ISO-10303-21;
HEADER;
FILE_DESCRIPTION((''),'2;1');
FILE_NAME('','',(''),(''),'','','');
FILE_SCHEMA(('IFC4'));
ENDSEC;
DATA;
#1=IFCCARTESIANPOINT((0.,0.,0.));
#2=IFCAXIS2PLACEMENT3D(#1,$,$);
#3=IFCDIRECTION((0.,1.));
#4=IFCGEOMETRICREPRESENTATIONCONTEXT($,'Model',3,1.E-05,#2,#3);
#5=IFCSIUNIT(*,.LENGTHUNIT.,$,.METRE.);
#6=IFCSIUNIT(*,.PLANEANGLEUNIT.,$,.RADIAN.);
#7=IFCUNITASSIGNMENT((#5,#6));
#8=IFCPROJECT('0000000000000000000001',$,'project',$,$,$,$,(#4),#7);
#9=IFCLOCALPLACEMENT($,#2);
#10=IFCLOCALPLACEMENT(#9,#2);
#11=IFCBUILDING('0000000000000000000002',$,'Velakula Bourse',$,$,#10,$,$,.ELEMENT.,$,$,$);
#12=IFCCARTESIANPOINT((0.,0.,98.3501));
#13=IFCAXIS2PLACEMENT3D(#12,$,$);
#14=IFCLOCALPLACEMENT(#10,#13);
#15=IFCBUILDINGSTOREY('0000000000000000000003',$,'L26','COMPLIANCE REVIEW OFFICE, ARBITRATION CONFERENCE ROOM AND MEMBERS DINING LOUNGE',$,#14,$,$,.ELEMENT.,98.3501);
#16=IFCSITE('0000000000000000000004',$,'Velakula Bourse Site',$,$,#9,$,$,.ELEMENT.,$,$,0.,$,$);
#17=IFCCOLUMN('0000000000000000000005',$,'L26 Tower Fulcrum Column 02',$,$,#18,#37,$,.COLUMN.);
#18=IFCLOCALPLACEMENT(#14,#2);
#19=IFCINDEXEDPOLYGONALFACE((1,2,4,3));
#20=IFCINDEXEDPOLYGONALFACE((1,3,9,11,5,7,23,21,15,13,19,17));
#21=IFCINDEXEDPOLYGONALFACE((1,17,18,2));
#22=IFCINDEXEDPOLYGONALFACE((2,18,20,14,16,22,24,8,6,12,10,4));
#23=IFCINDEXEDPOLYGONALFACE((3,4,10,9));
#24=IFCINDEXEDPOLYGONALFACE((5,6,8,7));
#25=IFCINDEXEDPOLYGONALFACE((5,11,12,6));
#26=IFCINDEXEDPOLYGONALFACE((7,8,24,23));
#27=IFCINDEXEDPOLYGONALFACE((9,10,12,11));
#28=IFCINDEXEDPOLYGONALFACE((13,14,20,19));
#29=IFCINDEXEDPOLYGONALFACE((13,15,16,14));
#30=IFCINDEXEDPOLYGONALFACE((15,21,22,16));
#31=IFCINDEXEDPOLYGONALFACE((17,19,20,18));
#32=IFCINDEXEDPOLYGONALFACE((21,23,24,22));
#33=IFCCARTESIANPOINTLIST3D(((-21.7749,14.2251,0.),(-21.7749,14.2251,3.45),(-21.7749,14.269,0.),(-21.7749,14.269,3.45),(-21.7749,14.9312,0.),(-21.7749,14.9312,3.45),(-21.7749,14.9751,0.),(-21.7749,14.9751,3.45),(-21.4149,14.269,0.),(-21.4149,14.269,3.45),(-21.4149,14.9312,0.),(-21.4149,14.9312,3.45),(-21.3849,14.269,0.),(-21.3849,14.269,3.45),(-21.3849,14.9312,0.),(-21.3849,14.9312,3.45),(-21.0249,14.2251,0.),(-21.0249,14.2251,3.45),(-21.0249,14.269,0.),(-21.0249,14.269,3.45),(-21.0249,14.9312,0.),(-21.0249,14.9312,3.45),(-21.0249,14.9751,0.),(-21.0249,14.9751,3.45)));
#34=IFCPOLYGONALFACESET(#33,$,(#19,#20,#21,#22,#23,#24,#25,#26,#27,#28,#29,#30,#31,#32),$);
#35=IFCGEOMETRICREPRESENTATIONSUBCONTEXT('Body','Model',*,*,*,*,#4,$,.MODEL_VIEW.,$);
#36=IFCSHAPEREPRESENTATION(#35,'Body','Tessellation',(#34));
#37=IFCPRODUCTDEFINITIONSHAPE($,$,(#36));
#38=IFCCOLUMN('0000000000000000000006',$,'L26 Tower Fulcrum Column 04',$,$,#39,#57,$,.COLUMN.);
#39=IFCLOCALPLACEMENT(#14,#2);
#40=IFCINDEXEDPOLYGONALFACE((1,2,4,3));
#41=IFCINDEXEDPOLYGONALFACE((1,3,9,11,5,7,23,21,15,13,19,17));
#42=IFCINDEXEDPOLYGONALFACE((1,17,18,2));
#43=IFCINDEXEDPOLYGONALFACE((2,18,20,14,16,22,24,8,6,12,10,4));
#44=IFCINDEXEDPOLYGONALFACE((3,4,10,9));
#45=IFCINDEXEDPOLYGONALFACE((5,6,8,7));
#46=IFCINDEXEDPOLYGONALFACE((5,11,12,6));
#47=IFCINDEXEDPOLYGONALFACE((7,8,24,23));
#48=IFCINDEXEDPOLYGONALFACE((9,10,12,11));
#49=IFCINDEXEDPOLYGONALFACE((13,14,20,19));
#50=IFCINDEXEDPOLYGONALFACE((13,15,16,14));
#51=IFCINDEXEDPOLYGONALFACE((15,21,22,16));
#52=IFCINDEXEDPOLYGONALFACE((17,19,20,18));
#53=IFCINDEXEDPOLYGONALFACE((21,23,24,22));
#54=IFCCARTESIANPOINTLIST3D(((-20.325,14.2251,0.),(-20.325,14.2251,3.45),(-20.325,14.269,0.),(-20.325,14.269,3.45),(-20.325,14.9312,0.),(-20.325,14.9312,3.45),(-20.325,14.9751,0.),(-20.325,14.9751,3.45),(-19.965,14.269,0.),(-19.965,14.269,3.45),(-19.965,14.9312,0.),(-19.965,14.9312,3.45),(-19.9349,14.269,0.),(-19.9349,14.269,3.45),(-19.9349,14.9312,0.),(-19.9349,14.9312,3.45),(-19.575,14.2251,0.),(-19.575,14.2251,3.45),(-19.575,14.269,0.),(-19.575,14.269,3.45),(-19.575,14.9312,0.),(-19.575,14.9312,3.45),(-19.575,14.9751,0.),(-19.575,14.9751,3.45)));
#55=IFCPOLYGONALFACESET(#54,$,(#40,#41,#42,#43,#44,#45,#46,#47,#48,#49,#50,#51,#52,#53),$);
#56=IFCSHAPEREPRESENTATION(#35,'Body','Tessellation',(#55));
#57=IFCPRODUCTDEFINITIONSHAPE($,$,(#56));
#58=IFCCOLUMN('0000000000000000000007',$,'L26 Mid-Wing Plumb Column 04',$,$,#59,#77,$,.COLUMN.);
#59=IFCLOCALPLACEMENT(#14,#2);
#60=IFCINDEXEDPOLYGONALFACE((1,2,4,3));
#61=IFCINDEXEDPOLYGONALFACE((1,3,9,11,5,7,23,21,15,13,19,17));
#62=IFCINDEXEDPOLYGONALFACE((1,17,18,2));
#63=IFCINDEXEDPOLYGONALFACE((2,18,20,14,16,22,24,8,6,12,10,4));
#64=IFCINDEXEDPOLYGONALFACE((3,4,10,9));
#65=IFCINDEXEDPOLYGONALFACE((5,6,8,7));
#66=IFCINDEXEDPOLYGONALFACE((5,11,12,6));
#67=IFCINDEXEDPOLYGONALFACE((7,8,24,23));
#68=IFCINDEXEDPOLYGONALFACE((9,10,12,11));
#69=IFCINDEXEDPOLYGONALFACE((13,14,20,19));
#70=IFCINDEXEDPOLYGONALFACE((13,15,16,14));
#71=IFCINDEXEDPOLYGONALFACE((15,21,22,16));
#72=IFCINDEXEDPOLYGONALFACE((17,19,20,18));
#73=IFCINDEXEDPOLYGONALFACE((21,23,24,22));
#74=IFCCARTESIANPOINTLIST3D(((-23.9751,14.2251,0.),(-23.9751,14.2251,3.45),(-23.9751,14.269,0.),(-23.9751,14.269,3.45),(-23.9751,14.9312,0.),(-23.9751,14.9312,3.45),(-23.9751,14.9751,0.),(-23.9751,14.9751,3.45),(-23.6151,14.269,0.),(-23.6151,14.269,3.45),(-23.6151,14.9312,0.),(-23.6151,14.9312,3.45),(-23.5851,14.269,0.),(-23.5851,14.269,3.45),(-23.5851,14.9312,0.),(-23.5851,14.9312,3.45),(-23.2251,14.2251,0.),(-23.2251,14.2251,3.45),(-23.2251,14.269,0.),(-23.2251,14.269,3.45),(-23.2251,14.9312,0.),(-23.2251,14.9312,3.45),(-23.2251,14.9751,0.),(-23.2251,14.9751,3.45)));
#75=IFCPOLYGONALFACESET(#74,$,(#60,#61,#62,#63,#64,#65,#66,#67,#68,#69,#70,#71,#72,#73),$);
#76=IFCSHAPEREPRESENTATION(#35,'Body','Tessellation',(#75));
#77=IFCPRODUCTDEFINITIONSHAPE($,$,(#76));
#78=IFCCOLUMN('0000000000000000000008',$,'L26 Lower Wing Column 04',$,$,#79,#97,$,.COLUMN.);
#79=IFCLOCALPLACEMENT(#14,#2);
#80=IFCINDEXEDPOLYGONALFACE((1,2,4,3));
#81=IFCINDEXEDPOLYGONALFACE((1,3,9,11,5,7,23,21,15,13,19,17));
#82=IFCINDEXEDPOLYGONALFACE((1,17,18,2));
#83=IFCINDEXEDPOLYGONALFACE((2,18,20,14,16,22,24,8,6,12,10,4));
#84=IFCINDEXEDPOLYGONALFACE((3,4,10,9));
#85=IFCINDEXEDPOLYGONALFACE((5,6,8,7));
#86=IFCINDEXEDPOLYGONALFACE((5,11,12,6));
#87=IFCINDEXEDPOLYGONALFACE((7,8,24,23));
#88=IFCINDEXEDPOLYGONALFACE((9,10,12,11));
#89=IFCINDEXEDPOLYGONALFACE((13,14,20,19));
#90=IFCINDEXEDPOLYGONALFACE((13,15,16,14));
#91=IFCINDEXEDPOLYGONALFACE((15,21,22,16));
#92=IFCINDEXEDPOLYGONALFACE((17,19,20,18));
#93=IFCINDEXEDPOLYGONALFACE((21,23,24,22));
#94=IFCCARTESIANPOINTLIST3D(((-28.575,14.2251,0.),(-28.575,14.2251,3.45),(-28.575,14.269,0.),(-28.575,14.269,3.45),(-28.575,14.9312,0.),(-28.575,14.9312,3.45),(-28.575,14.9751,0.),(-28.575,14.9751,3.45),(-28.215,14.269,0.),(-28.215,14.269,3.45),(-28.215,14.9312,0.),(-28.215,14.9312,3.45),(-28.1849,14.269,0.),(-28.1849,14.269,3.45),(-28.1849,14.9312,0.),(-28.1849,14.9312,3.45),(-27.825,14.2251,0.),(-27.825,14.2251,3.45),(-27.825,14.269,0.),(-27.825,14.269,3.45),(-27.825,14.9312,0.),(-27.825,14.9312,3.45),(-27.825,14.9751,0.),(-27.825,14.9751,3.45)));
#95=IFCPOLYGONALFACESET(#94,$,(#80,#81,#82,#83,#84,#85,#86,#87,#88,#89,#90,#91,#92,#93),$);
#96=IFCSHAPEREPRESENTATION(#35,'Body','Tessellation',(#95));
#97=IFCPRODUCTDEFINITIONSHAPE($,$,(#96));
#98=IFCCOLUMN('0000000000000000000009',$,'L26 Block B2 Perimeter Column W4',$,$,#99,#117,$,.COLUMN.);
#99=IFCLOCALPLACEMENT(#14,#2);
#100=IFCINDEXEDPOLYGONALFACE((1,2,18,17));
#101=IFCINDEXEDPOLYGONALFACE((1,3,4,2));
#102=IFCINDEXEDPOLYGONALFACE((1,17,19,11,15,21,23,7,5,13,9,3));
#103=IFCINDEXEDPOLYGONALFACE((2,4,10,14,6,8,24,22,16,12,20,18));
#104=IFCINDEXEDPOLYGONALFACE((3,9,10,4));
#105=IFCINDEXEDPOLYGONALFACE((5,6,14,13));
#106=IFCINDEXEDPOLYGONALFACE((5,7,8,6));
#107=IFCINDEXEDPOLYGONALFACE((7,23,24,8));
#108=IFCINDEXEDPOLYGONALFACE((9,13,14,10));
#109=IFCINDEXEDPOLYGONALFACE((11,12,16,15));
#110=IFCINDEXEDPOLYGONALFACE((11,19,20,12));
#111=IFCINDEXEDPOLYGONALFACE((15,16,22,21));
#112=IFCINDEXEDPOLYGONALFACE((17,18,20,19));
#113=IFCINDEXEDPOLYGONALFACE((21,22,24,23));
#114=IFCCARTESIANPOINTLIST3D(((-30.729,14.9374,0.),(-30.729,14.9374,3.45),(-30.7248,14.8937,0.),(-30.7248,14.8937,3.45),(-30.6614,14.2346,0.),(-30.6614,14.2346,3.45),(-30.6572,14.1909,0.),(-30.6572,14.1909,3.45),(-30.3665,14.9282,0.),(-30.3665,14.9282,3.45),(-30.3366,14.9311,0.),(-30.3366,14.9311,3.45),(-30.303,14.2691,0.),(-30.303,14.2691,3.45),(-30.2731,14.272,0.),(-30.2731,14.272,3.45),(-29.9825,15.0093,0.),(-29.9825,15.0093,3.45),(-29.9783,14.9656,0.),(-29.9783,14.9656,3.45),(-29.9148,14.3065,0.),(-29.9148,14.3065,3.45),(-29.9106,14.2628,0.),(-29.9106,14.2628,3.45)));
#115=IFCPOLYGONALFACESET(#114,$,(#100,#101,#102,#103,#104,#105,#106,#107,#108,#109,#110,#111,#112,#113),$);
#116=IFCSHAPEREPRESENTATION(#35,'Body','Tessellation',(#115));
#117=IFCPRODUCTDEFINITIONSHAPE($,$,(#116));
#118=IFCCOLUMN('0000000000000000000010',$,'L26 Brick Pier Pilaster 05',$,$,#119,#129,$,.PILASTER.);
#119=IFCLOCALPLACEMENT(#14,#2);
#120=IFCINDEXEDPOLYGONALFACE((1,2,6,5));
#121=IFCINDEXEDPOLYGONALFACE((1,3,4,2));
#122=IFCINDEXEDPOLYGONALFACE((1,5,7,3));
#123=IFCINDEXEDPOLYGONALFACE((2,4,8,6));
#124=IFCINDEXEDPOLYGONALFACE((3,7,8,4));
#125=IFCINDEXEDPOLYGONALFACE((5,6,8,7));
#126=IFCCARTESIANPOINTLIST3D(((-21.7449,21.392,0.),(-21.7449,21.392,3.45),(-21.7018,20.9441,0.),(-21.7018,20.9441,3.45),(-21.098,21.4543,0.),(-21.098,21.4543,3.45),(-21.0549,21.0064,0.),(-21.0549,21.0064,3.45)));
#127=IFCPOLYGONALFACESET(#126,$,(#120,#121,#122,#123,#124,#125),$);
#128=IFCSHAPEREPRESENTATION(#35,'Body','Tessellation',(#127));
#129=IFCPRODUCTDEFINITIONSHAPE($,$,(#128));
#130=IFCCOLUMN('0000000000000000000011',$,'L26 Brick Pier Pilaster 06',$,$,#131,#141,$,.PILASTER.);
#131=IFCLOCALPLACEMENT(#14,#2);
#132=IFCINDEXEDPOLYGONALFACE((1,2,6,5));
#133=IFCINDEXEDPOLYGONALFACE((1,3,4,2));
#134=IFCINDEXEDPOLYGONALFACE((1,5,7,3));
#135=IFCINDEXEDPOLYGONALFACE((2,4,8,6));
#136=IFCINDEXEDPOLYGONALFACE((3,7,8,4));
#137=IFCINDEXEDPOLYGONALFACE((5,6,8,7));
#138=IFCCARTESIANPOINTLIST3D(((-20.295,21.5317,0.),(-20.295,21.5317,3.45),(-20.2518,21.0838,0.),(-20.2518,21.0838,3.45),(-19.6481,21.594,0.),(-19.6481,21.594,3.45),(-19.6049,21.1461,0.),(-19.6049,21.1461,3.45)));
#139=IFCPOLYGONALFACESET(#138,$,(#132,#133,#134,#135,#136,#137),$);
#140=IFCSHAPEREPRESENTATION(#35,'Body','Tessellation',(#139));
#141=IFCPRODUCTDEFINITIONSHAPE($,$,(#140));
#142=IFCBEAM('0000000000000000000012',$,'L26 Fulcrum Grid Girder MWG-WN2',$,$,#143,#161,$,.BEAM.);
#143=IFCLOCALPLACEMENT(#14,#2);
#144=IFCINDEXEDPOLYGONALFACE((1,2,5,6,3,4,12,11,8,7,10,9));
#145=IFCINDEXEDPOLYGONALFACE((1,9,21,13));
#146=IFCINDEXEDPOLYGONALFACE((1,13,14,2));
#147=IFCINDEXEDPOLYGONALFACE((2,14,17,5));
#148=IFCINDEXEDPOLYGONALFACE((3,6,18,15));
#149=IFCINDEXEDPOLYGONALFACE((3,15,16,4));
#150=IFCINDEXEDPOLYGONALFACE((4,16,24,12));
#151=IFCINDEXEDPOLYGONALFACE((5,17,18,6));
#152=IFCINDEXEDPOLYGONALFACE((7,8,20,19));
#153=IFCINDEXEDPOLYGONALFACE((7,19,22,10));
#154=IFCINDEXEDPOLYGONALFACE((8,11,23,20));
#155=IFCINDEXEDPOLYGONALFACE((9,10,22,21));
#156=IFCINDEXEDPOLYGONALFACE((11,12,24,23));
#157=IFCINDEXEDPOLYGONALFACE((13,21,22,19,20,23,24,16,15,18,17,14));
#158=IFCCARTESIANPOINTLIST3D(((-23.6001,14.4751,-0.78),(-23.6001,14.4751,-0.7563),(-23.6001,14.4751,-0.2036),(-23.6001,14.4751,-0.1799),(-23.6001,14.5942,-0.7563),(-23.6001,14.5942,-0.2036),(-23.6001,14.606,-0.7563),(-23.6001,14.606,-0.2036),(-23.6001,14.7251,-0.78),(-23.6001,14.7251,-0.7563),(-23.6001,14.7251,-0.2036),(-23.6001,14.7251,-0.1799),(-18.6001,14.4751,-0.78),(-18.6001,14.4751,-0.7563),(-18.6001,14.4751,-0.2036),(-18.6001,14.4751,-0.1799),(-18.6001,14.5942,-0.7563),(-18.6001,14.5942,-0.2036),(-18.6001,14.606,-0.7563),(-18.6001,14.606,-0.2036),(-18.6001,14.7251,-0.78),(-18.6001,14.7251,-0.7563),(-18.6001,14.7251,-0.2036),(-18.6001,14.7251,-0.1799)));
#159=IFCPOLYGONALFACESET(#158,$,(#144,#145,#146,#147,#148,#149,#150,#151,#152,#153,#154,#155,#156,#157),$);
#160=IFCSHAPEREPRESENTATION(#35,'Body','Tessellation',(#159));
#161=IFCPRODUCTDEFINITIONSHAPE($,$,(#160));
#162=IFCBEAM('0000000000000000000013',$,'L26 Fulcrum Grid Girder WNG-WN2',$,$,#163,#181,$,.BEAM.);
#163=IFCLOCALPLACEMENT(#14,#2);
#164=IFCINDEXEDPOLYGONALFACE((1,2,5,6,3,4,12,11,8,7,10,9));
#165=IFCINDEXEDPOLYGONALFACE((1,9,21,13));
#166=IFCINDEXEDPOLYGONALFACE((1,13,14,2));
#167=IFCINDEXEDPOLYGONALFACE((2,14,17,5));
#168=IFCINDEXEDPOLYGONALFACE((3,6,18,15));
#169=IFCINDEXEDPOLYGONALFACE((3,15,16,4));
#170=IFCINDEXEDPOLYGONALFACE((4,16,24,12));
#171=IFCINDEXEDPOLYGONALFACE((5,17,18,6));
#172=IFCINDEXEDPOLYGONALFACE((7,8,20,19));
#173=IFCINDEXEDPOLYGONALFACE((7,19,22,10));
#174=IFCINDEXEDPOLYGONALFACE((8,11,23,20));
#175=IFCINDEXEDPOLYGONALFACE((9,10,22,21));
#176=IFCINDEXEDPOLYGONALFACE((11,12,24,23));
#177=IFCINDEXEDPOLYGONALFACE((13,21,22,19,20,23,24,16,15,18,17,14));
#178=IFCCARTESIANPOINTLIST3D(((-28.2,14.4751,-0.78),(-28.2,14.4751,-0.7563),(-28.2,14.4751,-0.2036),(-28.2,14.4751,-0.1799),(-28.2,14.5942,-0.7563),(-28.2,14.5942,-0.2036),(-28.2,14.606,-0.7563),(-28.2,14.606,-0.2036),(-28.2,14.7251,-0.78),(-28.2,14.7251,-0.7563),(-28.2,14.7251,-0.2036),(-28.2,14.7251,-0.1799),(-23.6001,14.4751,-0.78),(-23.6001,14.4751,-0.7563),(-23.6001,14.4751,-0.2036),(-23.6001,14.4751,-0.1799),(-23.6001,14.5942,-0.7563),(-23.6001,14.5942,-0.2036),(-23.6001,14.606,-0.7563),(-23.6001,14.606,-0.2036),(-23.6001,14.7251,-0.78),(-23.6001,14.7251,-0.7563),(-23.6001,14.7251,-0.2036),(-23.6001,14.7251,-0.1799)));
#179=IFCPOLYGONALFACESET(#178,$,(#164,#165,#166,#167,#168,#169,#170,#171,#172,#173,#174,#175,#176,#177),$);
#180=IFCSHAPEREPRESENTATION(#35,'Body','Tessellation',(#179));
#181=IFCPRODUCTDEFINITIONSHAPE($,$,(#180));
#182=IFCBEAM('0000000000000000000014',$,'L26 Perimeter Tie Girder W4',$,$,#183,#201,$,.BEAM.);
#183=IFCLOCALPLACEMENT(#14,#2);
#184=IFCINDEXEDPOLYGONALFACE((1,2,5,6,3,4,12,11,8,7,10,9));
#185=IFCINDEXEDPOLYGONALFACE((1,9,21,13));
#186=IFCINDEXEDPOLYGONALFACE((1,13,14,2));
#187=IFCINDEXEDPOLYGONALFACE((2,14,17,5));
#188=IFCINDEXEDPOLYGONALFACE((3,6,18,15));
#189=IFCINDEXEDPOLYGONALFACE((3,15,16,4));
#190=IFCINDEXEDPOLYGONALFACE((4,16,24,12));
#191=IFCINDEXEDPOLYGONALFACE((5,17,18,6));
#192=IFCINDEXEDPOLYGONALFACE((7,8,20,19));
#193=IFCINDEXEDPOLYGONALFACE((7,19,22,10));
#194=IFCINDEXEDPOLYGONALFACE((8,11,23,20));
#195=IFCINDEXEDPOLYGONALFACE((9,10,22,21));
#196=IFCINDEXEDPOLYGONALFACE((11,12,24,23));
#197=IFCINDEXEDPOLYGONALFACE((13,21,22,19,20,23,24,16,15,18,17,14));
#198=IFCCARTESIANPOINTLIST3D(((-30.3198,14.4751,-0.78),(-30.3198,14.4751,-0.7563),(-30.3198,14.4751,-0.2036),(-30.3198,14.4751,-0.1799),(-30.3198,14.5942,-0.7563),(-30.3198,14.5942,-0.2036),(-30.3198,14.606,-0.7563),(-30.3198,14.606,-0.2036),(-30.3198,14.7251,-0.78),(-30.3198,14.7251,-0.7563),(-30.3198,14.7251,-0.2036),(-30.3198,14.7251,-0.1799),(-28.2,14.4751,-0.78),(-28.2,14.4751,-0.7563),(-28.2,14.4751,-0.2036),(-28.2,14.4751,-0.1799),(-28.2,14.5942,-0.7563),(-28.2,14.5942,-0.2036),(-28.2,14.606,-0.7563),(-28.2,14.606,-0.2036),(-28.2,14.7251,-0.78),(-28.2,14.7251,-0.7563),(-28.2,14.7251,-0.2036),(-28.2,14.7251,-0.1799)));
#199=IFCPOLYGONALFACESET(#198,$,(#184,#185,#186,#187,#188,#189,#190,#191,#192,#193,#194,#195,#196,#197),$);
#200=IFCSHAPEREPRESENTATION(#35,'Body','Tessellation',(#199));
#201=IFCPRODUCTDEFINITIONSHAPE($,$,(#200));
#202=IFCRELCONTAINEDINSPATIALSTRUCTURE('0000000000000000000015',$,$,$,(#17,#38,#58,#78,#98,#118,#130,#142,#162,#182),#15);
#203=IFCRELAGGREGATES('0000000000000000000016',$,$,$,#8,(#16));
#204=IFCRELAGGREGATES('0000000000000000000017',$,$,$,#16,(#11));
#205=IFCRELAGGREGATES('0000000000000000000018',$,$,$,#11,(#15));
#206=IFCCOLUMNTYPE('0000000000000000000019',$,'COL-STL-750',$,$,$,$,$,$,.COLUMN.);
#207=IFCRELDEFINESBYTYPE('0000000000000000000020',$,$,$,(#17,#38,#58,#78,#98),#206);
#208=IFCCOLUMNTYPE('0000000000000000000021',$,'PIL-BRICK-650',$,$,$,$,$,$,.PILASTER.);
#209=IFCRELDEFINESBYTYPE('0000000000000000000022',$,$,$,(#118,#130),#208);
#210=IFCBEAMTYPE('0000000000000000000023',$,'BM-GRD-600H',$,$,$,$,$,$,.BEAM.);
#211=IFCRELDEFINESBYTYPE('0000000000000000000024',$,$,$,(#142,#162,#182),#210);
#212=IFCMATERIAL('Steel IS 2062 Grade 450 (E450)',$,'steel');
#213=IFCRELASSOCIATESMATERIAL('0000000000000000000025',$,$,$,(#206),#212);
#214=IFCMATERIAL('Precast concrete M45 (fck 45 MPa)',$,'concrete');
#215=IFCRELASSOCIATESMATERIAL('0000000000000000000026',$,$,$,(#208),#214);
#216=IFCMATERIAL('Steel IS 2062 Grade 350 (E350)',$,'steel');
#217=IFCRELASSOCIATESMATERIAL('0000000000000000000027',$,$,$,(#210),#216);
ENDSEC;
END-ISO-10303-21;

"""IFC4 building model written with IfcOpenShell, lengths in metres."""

from ifc_helpers import new_model, si_unit, direction, frame, origin, origin_2d, place, context, subcontext, project, spatial, rectangle, i_section, extrude, material, material_profile, profile_set, type_object, element, save


model = new_model("IFC4")

# Units and contexts
model_context = context("Model", 3, precision=1e-05, world=origin(), true_north=direction((0.0, 1.0)))
body_context = subcontext(model_context, "Body", "Model", "MODEL_VIEW")
ifc_project = project(units=[si_unit("LENGTHUNIT", "METRE"), si_unit("PLANEANGLEUNIT", "RADIAN")], contexts=[model_context])

# Site, building, storey
site_placement = place(None, origin())
site = spatial("IfcSite", under=ifc_project, at=site_placement, Name="Velakula Bourse Site", CompositionType="ELEMENT", RefElevation=0.0)
building_placement = place(site_placement, origin())
building = spatial("IfcBuilding", under=site, at=building_placement, Name="Velakula Bourse", CompositionType="ELEMENT")
storey_placement = place(building_placement, frame((0.0, 0.0, 98.3501)))
storey = spatial("IfcBuildingStorey", under=building, at=storey_placement, Name="L26", Description="COMPLIANCE REVIEW OFFICE, ARBITRATION CONFERENCE ROOM AND MEMBERS DINING LOUNGE", CompositionType="ELEMENT", Elevation=98.3501)

# Columns
ifc_material_1 = material(Name="Steel IS 2062 Grade 450 (E450)", Category="steel")
ifc_material_profile_1 = material_profile(ifc_material_1, i_section(OverallWidth=0.75, OverallDepth=0.75, WebThickness=0.03, FlangeThickness=0.0439, at=origin_2d()), Name="Steel IS 2062 Grade 450 (E450)")
ifc_profile_set_1 = profile_set([ifc_material_profile_1], Name="Steel IS 2062 Grade 450 (E450)")
column_type_1 = type_object("IfcColumnType", Name="COL-STL-750", PredefinedType="COLUMN", material=ifc_profile_set_1)
for number, where, z_axis, x_axis, name in (
    (1, (-21.3999, 14.6001, 0.0), (0.0, 0.0, 1.0), (1.0, 0.0, 0.0), "L26 Tower Fulcrum Column 02"),
    (2, (-19.95, 14.6001, 0.0), (0.0, 0.0, 1.0), (1.0, 0.0, 0.0), "L26 Tower Fulcrum Column 04"),
    (3, (-23.6001, 14.6001, 0.0), (0.0, 0.0, 1.0), (1.0, 0.0, 0.0), "L26 Mid-Wing Plumb Column 04"),
    (4, (-28.2, 14.6001, 0.0), (0.0, 0.0, 1.0), (1.0, 0.0, 0.0), "L26 Lower Wing Column 04"),
    (5, (-30.3198, 14.6001, 0.0), (0.0, 0.0, 1.0), (0.995396, 0.095846, 0.0), "L26 Block B2 Perimeter Column W4"),
):
    element("IfcColumn", number, at=place(storey_placement, frame(where, z_axis=z_axis, x_axis=x_axis)), inside=storey, type_object=column_type_1, Name=name, PredefinedType="COLUMN", context=body_context, shape_type="SweptSolid", body=[
        extrude(i_section(OverallWidth=0.75, OverallDepth=0.75, WebThickness=0.03, FlangeThickness=0.0439, at=origin_2d()), origin(), (0.0, 0.0, 1.0), 3.45),
    ])
ifc_material_2 = material(Name="Precast concrete M45 (fck 45 MPa)", Category="concrete")
ifc_material_profile_2 = material_profile(ifc_material_2, rectangle(XDim=0.6499, YDim=0.45, at=origin_2d()), Name="Precast concrete M45 (fck 45 MPa)")
ifc_profile_set_2 = profile_set([ifc_material_profile_2], Name="Precast concrete M45 (fck 45 MPa)")
column_type_2 = type_object("IfcColumnType", Name="PIL-BRICK-650", PredefinedType="PILASTER", material=ifc_profile_set_2)
for number, where, z_axis, x_axis, name in (
    (6, (-21.3999, 21.1992, 0.0), (0.0, 0.0, 1.0), (0.995396, 0.095846, 0.0), "L26 Brick Pier Pilaster 05"),
    (7, (-19.95, 21.3389, 0.0), (0.0, 0.0, 1.0), (0.995396, 0.095846, 0.0), "L26 Brick Pier Pilaster 06"),
):
    element("IfcColumn", number, at=place(storey_placement, frame(where, z_axis=z_axis, x_axis=x_axis)), inside=storey, type_object=column_type_2, Name=name, PredefinedType="PILASTER", context=body_context, shape_type="SweptSolid", body=[
        extrude(rectangle(XDim=0.6499, YDim=0.45, at=origin_2d()), origin(), (0.0, 0.0, 1.0), 3.45),
    ])

# Beams
ifc_material_3 = material(Name="Steel IS 2062 Grade 350 (E350)", Category="steel")
ifc_material_profile_3 = material_profile(ifc_material_3, i_section(OverallWidth=0.25, OverallDepth=0.6001, WebThickness=0.0117, FlangeThickness=0.0237, at=origin_2d()), Name="Steel IS 2062 Grade 350 (E350)")
ifc_profile_set_3 = profile_set([ifc_material_profile_3], Name="Steel IS 2062 Grade 350 (E350)")
beam_type_1 = type_object("IfcBeamType", Name="BM-GRD-600H", PredefinedType="BEAM", material=ifc_profile_set_3)
beam_1_placement = place(storey_placement, frame((-23.6001, 14.6001, -0.48), z_axis=(1.0, 0.0, 0.0), x_axis=(0.0, 1.0, 0.0)))
element("IfcBeam", 8, at=beam_1_placement, inside=storey, type_object=beam_type_1, Name="L26 Fulcrum Grid Girder MWG-WN2", PredefinedType="BEAM", context=body_context, shape_type="SweptSolid", body=[
    extrude(i_section(OverallWidth=0.25, OverallDepth=0.6001, WebThickness=0.0117, FlangeThickness=0.0237, at=origin_2d()), origin(), (0.0, 0.0, 1.0), 5.0),
])
beam_2_placement = place(storey_placement, frame((-28.2, 14.6001, -0.48), z_axis=(1.0, 0.0, 0.0), x_axis=(0.0, 1.0, 0.0)))
element("IfcBeam", 9, at=beam_2_placement, inside=storey, type_object=beam_type_1, Name="L26 Fulcrum Grid Girder WNG-WN2", PredefinedType="BEAM", context=body_context, shape_type="SweptSolid", body=[
    extrude(i_section(OverallWidth=0.25, OverallDepth=0.6001, WebThickness=0.0117, FlangeThickness=0.0237, at=origin_2d()), origin(), (0.0, 0.0, 1.0), 4.5999),
])
beam_3_placement = place(storey_placement, frame((-28.2, 14.6001, -0.48), z_axis=(-1.0, 0.0, 0.0), x_axis=(0.0, -1.0, 0.0)))
element("IfcBeam", 10, at=beam_3_placement, inside=storey, type_object=beam_type_1, Name="L26 Perimeter Tie Girder W4", PredefinedType="BEAM", context=body_context, shape_type="SweptSolid", body=[
    extrude(i_section(OverallWidth=0.25, OverallDepth=0.6001, WebThickness=0.0117, FlangeThickness=0.0237, at=origin_2d()), origin(), (0.0, 0.0, 1.0), 2.1199),
])

save(model, "model.ifc")
